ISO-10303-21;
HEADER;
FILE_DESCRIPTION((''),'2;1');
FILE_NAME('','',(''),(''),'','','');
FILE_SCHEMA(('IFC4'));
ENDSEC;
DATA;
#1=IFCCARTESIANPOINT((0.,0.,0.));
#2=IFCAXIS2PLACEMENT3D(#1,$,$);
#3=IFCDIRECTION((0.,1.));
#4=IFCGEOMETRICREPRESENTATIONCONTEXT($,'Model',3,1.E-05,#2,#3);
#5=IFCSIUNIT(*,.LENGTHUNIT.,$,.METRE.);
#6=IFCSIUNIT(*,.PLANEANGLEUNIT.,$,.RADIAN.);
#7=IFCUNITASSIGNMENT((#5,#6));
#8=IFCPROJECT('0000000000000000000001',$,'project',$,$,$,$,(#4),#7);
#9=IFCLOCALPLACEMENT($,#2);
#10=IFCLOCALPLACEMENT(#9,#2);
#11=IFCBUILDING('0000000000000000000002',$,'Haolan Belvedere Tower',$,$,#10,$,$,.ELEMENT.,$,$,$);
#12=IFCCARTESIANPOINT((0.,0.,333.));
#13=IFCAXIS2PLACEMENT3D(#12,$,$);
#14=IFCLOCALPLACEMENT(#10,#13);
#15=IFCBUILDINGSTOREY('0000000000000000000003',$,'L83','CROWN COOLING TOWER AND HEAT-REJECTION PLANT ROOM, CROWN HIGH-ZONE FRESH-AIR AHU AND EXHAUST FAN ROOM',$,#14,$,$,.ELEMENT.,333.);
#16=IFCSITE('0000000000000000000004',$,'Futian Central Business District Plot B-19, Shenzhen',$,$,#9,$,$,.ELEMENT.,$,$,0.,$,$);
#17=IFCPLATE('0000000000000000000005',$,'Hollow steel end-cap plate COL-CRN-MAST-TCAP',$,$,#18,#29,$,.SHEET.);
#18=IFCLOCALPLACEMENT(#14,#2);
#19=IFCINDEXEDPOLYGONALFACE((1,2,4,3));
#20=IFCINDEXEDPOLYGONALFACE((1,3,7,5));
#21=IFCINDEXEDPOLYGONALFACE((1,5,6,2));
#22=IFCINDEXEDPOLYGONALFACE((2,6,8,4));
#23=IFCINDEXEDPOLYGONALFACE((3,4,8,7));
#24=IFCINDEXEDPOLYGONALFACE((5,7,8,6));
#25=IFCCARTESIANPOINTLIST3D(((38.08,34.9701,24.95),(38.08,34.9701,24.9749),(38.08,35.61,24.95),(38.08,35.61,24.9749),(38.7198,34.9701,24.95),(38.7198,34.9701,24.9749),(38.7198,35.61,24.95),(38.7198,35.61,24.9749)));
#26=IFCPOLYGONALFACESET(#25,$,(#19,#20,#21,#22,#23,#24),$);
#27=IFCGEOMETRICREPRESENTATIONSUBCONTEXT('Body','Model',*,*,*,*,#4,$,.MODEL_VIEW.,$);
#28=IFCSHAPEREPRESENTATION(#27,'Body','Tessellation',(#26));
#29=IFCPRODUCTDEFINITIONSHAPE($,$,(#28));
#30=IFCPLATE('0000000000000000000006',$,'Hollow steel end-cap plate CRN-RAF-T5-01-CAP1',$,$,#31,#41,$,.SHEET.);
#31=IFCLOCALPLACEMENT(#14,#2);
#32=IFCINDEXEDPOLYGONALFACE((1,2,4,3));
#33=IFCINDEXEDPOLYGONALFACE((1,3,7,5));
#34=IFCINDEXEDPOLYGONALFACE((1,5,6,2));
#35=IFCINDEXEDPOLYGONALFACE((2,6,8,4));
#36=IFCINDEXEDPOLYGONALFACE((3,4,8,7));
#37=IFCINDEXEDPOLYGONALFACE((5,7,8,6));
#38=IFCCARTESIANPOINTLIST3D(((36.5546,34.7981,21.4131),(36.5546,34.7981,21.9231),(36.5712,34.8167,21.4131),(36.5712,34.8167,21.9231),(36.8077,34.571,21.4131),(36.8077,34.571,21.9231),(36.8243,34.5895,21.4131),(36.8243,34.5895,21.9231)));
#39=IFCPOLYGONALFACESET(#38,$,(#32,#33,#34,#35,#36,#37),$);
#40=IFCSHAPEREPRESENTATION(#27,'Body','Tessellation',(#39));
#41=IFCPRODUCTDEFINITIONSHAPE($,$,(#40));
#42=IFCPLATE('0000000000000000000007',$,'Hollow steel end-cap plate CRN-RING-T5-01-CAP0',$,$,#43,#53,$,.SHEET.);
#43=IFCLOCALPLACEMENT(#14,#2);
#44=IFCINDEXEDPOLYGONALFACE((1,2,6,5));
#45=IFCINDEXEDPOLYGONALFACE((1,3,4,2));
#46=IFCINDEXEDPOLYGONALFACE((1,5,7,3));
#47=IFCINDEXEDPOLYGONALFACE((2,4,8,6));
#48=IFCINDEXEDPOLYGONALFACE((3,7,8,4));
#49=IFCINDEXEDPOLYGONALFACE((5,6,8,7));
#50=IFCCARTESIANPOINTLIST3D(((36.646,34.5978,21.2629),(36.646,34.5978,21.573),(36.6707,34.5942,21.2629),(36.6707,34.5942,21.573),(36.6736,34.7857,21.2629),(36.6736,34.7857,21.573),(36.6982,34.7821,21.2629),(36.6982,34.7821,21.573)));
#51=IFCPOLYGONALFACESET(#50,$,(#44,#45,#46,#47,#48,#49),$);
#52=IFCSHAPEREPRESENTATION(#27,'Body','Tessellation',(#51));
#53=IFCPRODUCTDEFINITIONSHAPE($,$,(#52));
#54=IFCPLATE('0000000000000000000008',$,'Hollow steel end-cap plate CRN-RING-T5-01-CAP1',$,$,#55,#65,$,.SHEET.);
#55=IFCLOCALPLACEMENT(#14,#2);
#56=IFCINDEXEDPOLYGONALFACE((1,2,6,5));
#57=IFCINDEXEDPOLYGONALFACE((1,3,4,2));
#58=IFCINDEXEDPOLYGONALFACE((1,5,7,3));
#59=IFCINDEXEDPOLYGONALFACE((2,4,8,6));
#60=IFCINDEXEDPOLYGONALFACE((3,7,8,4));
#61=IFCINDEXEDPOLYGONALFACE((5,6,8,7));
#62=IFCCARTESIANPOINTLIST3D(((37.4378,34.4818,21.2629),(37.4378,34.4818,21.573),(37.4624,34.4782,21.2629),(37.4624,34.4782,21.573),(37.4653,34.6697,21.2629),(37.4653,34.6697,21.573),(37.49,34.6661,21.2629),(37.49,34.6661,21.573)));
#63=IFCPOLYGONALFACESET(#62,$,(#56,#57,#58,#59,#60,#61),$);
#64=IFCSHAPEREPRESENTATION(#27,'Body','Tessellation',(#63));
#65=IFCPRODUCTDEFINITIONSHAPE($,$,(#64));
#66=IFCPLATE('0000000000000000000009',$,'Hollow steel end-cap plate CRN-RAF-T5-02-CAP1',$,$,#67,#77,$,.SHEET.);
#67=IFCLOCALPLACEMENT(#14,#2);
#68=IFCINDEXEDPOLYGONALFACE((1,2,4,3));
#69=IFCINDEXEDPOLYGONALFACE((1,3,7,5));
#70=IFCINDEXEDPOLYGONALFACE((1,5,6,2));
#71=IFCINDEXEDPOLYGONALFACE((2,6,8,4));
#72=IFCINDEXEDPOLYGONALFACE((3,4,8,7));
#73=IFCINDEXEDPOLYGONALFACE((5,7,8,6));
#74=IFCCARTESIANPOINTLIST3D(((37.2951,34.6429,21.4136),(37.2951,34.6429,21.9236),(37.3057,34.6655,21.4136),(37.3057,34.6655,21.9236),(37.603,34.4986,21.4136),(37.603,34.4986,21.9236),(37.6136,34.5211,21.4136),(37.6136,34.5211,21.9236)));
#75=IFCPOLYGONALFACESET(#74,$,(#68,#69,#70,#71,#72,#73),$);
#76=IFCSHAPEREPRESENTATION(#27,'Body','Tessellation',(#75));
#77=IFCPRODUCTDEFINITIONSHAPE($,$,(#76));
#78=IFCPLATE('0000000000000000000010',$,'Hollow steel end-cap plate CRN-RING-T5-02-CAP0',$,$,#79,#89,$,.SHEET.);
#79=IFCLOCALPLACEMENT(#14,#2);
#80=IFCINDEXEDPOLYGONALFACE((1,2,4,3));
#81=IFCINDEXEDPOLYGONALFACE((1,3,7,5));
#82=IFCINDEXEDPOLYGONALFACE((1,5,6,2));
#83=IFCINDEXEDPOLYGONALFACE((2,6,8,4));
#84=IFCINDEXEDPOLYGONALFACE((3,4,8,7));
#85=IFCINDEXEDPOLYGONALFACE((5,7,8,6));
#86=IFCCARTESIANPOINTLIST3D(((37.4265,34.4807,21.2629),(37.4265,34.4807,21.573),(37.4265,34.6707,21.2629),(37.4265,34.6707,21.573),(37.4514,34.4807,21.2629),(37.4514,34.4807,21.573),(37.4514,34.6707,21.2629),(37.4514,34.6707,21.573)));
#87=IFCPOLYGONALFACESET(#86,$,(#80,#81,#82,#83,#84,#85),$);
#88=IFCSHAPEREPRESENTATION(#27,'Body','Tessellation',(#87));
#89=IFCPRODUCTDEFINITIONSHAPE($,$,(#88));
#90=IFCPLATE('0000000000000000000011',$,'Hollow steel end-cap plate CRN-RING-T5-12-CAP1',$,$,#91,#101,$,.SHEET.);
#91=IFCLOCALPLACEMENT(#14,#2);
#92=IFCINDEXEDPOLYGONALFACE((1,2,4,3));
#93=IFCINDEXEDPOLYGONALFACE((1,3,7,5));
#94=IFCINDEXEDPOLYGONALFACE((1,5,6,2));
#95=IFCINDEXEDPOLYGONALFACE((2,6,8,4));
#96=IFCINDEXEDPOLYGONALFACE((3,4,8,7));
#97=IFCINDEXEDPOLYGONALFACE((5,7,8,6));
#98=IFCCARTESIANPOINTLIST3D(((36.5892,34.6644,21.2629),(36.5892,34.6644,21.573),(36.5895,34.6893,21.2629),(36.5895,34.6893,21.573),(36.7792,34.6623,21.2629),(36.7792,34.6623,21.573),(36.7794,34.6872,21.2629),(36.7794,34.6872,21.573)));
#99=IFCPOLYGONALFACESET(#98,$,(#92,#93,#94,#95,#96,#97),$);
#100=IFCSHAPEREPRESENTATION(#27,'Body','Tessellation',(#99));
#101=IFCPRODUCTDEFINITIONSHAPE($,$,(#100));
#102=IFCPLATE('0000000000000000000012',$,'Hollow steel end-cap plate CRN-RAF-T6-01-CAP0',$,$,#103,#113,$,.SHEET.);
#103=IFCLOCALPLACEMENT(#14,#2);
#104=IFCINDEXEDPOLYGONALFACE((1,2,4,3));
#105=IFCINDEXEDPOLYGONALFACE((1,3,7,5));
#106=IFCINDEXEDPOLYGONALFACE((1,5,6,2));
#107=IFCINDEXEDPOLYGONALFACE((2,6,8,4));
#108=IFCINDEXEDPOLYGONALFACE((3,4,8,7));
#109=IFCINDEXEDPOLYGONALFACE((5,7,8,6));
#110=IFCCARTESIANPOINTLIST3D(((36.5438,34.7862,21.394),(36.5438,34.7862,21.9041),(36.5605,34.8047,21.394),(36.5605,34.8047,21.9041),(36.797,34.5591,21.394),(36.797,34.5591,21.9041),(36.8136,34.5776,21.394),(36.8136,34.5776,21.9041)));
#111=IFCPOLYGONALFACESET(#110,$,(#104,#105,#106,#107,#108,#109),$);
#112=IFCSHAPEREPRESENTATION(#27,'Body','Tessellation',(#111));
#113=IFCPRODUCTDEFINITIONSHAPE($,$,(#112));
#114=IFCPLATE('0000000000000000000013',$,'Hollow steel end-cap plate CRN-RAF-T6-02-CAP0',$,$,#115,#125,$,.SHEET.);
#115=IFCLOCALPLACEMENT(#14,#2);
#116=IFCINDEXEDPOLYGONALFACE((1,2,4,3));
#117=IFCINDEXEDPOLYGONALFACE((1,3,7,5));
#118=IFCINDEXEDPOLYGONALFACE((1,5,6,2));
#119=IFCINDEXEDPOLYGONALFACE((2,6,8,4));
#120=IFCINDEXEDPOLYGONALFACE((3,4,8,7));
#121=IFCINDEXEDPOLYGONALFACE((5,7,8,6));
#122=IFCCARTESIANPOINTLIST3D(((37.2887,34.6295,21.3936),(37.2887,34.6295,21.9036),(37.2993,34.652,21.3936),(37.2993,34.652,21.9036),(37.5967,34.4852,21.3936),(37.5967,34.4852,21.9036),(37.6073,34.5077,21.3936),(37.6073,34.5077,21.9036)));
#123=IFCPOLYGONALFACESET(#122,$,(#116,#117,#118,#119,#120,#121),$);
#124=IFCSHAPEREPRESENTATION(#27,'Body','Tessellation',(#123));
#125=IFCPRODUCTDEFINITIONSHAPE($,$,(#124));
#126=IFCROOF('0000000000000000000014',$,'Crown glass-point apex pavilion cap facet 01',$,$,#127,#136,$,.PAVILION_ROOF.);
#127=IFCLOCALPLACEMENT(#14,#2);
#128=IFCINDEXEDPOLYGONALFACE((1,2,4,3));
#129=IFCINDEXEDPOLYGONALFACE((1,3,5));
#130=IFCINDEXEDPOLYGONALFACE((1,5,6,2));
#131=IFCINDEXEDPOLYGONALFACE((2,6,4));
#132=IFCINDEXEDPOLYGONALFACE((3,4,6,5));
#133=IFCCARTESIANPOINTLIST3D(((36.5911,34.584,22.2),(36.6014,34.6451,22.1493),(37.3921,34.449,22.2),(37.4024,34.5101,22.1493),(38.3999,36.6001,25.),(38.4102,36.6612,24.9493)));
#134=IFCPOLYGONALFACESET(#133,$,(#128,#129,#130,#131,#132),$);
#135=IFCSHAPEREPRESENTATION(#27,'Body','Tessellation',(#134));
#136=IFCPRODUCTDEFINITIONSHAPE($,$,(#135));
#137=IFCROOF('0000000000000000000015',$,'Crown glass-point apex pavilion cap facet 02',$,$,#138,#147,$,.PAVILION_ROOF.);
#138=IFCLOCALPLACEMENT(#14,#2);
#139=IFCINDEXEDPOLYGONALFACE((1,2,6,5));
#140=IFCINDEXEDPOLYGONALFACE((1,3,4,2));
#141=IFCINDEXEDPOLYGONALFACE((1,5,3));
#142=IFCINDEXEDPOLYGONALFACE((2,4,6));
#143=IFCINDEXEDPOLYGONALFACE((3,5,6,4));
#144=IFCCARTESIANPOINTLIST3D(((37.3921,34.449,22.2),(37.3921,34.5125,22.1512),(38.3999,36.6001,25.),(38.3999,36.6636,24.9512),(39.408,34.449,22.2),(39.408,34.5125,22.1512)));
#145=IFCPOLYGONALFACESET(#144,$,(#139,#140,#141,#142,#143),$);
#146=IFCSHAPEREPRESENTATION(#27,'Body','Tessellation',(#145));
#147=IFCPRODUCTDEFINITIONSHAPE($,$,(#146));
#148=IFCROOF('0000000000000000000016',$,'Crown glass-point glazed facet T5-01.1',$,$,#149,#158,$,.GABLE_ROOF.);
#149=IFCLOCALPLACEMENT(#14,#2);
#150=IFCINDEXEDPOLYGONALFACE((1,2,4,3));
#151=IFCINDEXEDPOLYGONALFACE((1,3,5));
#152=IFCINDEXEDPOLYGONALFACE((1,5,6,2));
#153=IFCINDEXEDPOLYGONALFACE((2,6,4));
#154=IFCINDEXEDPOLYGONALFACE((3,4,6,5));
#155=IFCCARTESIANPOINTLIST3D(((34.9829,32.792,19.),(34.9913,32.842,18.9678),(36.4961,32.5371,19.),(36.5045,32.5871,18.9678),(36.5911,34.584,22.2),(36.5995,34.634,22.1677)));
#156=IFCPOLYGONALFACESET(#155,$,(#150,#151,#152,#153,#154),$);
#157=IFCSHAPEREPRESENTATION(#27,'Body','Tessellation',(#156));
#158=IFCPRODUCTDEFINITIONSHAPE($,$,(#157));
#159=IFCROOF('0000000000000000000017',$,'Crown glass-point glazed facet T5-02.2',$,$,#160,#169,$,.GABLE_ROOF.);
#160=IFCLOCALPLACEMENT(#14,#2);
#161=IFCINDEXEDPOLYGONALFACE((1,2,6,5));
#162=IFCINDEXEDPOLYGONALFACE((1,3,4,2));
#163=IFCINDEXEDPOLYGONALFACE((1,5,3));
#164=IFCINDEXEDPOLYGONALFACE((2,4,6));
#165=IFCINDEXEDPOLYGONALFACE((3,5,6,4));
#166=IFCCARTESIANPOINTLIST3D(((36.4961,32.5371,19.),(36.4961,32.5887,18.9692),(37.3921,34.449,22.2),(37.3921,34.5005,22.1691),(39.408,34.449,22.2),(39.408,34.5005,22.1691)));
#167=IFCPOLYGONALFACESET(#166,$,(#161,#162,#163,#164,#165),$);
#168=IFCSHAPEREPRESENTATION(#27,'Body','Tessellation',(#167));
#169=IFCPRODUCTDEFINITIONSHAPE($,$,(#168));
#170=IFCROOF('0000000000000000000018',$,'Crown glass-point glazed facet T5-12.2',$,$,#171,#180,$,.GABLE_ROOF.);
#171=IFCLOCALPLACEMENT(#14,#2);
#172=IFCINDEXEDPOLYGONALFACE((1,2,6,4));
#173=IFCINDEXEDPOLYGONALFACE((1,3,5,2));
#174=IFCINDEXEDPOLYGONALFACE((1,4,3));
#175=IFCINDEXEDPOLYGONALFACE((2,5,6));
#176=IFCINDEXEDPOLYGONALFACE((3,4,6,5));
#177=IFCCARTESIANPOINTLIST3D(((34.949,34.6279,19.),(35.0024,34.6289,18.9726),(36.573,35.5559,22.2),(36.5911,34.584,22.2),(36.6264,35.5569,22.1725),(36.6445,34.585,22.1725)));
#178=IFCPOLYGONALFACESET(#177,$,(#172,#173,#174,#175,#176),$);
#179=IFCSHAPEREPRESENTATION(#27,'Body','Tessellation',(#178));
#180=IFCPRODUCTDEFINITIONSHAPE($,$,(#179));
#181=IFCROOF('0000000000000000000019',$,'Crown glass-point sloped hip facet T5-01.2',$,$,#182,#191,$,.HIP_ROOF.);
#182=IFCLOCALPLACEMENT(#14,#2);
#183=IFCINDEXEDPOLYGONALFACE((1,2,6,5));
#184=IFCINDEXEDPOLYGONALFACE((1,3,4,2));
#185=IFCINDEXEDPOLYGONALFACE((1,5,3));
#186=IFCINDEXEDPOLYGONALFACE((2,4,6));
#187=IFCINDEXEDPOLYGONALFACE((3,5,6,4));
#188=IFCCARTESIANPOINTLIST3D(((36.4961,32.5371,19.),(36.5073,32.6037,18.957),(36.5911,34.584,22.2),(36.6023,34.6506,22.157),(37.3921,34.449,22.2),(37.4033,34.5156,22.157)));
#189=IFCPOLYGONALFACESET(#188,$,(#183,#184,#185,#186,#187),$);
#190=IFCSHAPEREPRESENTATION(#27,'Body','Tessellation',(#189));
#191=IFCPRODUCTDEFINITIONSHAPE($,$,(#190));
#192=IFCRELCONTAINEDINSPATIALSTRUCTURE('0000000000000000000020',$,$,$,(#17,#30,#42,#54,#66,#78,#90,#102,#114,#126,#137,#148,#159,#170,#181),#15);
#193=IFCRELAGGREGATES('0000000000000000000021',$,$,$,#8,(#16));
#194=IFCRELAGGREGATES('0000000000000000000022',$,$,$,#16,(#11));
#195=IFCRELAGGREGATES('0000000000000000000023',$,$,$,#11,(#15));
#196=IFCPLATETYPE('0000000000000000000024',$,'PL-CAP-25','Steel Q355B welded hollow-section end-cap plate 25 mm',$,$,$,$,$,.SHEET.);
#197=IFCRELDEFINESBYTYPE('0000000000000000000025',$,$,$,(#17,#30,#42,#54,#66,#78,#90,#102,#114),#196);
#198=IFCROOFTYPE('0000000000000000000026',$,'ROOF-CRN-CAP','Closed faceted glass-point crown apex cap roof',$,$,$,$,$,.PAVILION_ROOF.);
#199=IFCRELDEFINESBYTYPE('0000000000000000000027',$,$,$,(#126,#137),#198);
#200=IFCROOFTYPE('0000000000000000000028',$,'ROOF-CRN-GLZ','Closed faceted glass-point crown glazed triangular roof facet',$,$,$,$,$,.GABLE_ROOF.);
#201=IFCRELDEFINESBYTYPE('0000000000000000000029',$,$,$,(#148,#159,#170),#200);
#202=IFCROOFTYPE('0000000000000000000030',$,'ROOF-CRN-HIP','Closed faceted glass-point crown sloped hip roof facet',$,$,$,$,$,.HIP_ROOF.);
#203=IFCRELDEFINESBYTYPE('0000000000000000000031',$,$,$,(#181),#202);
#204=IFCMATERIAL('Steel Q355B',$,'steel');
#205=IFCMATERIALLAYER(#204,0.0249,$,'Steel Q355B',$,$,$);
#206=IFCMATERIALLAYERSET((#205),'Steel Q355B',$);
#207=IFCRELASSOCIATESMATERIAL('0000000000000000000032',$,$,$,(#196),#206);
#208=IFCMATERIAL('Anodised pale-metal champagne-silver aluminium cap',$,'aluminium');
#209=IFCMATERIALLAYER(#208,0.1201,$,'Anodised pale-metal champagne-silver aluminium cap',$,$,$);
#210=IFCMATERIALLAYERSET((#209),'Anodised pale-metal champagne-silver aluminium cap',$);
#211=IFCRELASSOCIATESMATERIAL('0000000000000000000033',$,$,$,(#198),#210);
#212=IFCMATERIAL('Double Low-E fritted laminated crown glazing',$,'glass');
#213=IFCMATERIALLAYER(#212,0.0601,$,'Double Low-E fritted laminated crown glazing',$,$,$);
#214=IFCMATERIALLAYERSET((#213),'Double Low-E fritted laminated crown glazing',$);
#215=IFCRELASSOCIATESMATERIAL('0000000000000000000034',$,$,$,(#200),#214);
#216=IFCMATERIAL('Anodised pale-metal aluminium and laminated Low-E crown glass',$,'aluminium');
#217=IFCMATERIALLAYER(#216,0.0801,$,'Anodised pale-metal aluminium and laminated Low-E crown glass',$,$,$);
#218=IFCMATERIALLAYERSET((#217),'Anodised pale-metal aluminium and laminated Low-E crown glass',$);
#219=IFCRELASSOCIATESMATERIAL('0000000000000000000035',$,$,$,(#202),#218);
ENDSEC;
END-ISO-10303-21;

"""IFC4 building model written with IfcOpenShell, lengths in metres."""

from ifc_helpers import new_model, si_unit, direction, frame, origin, origin_2d, place, context, subcontext, project, spatial, polyline, rectangle, outline, extrude, material, layer, layer_set, type_object, element, save


model = new_model("IFC4")

# Units and contexts
model_context = context("Model", 3, precision=1e-05, world=origin(), true_north=direction((0.0, 1.0)))
body_context = subcontext(model_context, "Body", "Model", "MODEL_VIEW")
ifc_project = project(units=[si_unit("LENGTHUNIT", "METRE"), si_unit("PLANEANGLEUNIT", "RADIAN")], contexts=[model_context])

# Site, building, storey
site_placement = place(None, origin())
site = spatial("IfcSite", under=ifc_project, at=site_placement, Name="Futian Central Business District Plot B-19, Shenzhen", CompositionType="ELEMENT", RefElevation=0.0)
building_placement = place(site_placement, origin())
building = spatial("IfcBuilding", under=site, at=building_placement, Name="Haolan Belvedere Tower", CompositionType="ELEMENT")
storey_placement = place(building_placement, frame((0.0, 0.0, 333.0)))
storey = spatial("IfcBuildingStorey", under=building, at=storey_placement, Name="L83", Description="CROWN COOLING TOWER AND HEAT-REJECTION PLANT ROOM, CROWN HIGH-ZONE FRESH-AIR AHU AND EXHAUST FAN ROOM", CompositionType="ELEMENT", Elevation=333.0)

# Shared definitions
ifc_material_1 = material(Name="Steel Q355B", Category="steel")

# Plates
ifc_layer_1 = layer(ifc_material_1, 0.0249, Name="Steel Q355B")
ifc_layer_set_1 = layer_set([ifc_layer_1], Name="Steel Q355B")
plate_type = type_object("IfcPlateType", Name="PL-CAP-25", Description="Steel Q355B welded hollow-section end-cap plate 25 mm", PredefinedType="SHEET", material=ifc_layer_set_1)
plate_1_placement = place(storey_placement, frame((38.3999, 35.29, 24.95), z_axis=(0.0, 0.0, 1.0), x_axis=(1.0, 0.0, 0.0)))
element("IfcPlate", 1, at=plate_1_placement, inside=storey, type_object=plate_type, Name="Hollow steel end-cap plate COL-CRN-MAST-TCAP", PredefinedType="SHEET", context=body_context, shape_type="SweptSolid", body=[
    extrude(rectangle(XDim=0.6399, YDim=0.6399, at=origin_2d()), origin(), (0.0, 0.0, 1.0), 0.0249),
])
plate_2_placement = place(storey_placement, frame((36.6895, 34.6938, 21.4131), z_axis=(0.0, 0.0, 1.0), x_axis=(-0.744288, 0.667859, 0.0)))
element("IfcPlate", 2, at=plate_2_placement, inside=storey, type_object=plate_type, Name="Hollow steel end-cap plate CRN-RAF-T5-01-CAP1", PredefinedType="SHEET", context=body_context, shape_type="SweptSolid", body=[
    extrude(rectangle(XDim=0.3401, YDim=0.0249, at=origin_2d()), origin(), (0.0, 0.0, 1.0), 0.51),
])
for number, where, z_axis, x_axis, name in (
    (3, (36.6721, 34.6899, 21.2629), (0.0, 0.0, 1.0), (-0.145012, -0.98943, 0.0), "Hollow steel end-cap plate CRN-RING-T5-01-CAP0"),
    (4, (37.4639, 34.574, 21.2629), (0.0, 0.0, 1.0), (0.145012, 0.98943, 0.0), "Hollow steel end-cap plate CRN-RING-T5-01-CAP1"),
):
    element("IfcPlate", number, at=place(storey_placement, frame(where, z_axis=z_axis, x_axis=x_axis)), inside=storey, type_object=plate_type, Name=name, PredefinedType="SHEET", context=body_context, shape_type="SweptSolid", body=[
        extrude(rectangle(XDim=0.1899, YDim=0.0249, at=origin_2d()), origin(), (0.0, 0.0, 1.0), 0.3101),
    ])
plate_3_placement = place(storey_placement, frame((37.4543, 34.582, 21.4136), z_axis=(0.0, 0.0, 1.0), x_axis=(-0.905502, 0.424342, 0.0)))
element("IfcPlate", 5, at=plate_3_placement, inside=storey, type_object=plate_type, Name="Hollow steel end-cap plate CRN-RAF-T5-02-CAP1", PredefinedType="SHEET", context=body_context, shape_type="SweptSolid", body=[
    extrude(rectangle(XDim=0.3401, YDim=0.0249, at=origin_2d()), origin(), (0.0, 0.0, 1.0), 0.51),
])
for number, where, z_axis, x_axis, name in (
    (6, (37.439, 34.5757, 21.2629), (0.0, 0.0, 1.0), (0.0, -1.0, 0.0), "Hollow steel end-cap plate CRN-RING-T5-02-CAP0"),
    (7, (36.6843, 34.6758, 21.2629), (0.0, 0.0, 1.0), (0.999942, -0.010768, 0.0), "Hollow steel end-cap plate CRN-RING-T5-12-CAP1"),
):
    element("IfcPlate", number, at=place(storey_placement, frame(where, z_axis=z_axis, x_axis=x_axis)), inside=storey, type_object=plate_type, Name=name, PredefinedType="SHEET", context=body_context, shape_type="SweptSolid", body=[
        extrude(rectangle(XDim=0.1899, YDim=0.0249, at=origin_2d()), origin(), (0.0, 0.0, 1.0), 0.3101),
    ])
for number, where, z_axis, x_axis, name in (
    (8, (36.6787, 34.6819, 21.394), (0.0, 0.0, 1.0), (0.744288, -0.667859, 0.0), "Hollow steel end-cap plate CRN-RAF-T6-01-CAP0"),
    (9, (37.448, 34.5686, 21.3936), (0.0, 0.0, 1.0), (0.905487, -0.424373, 0.0), "Hollow steel end-cap plate CRN-RAF-T6-02-CAP0"),
):
    element("IfcPlate", number, at=place(storey_placement, frame(where, z_axis=z_axis, x_axis=x_axis)), inside=storey, type_object=plate_type, Name=name, PredefinedType="SHEET", context=body_context, shape_type="SweptSolid", body=[
        extrude(rectangle(XDim=0.3401, YDim=0.0249, at=origin_2d()), origin(), (0.0, 0.0, 1.0), 0.51),
    ])

# Roofs
ifc_material_2 = material(Name="Anodised pale-metal champagne-silver aluminium cap", Category="aluminium")
ifc_layer_2 = layer(ifc_material_2, 0.1201, Name="Anodised pale-metal champagne-silver aluminium cap")
ifc_layer_set_2 = layer_set([ifc_layer_2], Name="Anodised pale-metal champagne-silver aluminium cap")
roof_type_1 = type_object("IfcRoofType", Name="ROOF-CRN-CAP", Description="Closed faceted glass-point crown apex cap roof", PredefinedType="PAVILION_ROOF", material=ifc_layer_set_2)
roof_1_placement = place(storey_placement, frame((36.5911, 34.584, 22.2), z_axis=(-0.128684, -0.763493, 0.632866), x_axis=(0.986092, -0.166202, 0.0)))
element("IfcRoof", 10, at=roof_1_placement, inside=storey, type_object=roof_type_1, Name="Crown glass-point apex pavilion cap facet 01", PredefinedType="PAVILION_ROOF", context=body_context, shape_type="SweptSolid", body=[
    extrude(outline(polyline([(0.0, 0.0), (0.8123, 0.0), (1.4486, 3.6164), (0.0, 0.0)])), origin(), (0.0, 0.0, -1.0), 0.0801),
])
roof_2_placement = place(storey_placement, frame((37.3921, 34.449, 22.2), z_axis=(0.0, -0.793002, 0.609219), x_axis=(1.0, 0.0, 0.0)))
element("IfcRoof", 11, at=roof_2_placement, inside=storey, type_object=roof_type_1, Name="Crown glass-point apex pavilion cap facet 02", PredefinedType="PAVILION_ROOF", context=body_context, shape_type="SweptSolid", body=[
    extrude(outline(polyline([(0.0, 0.0), (2.0159, 0.0), (1.0078, 3.5309), (0.0, 0.0)])), origin(), (0.0, 0.0, -1.0), 0.0801),
])
ifc_material_3 = material(Name="Double Low-E fritted laminated crown glazing", Category="glass")
ifc_layer_3 = layer(ifc_material_3, 0.0601, Name="Double Low-E fritted laminated crown glazing")
ifc_layer_set_3 = layer_set([ifc_layer_3], Name="Double Low-E fritted laminated crown glazing")
roof_type_2 = type_object("IfcRoofType", Name="ROOF-CRN-GLZ", Description="Closed faceted glass-point crown glazed triangular roof facet", PredefinedType="GABLE_ROOF", material=ifc_layer_set_3)
roof_3_placement = place(storey_placement, frame((34.9829, 32.792, 19.0), z_axis=(-0.140175, -0.832191, 0.536478), x_axis=(0.986109, -0.166102, 0.0)))
element("IfcRoof", 12, at=roof_3_placement, inside=storey, type_object=roof_type_2, Name="Crown glass-point glazed facet T5-01.1", PredefinedType="GABLE_ROOF", context=body_context, shape_type="SweptSolid", body=[
    extrude(outline(polyline([(0.0, 0.0), (1.5345, 0.0), (1.2882, 3.7918), (0.0, 0.0)])), origin(), (0.0, 0.0, -1.0), 0.0601),
])
roof_4_placement = place(storey_placement, frame((36.4961, 32.5371, 19.0), z_axis=(0.0, -0.858451, 0.512896), x_axis=(0.615603, 0.404191, 0.676508)))
element("IfcRoof", 13, at=roof_4_placement, inside=storey, type_object=roof_type_2, Name="Crown glass-point glazed facet T5-02.2", PredefinedType="GABLE_ROOF", context=body_context, shape_type="SweptSolid", body=[
    extrude(outline(polyline([(0.0, 0.0), (4.7301, 0.0), (3.4891, 1.5886), (0.0, 0.0)])), origin(), (0.0, 0.0, -1.0), 0.0601),
])
roof_5_placement = place(storey_placement, frame((34.949, 34.6279, 19.0), z_axis=(-0.889665, -0.016537, 0.456314), x_axis=(0.456522, -0.012217, 0.889628)))
element("IfcRoof", 14, at=roof_5_placement, inside=storey, type_object=roof_type_2, Name="Crown glass-point glazed facet T5-12.2", PredefinedType="GABLE_ROOF", context=body_context, shape_type="SweptSolid", body=[
    extrude(outline(polyline([(0.0, 0.0), (3.597, 0.0), (3.5768, 0.9719), (0.0, 0.0)])), origin(), (0.0, 0.0, -1.0), 0.0601),
])
ifc_material_4 = material(Name="Anodised pale-metal aluminium and laminated Low-E crown glass", Category="aluminium")
ifc_layer_4 = layer(ifc_material_4, 0.0801, Name="Anodised pale-metal aluminium and laminated Low-E crown glass")
ifc_layer_set_4 = layer_set([ifc_layer_4], Name="Anodised pale-metal aluminium and laminated Low-E crown glass")
roof_type_3 = type_object("IfcRoofType", Name="ROOF-CRN-HIP", Description="Closed faceted glass-point crown sloped hip roof facet", PredefinedType="HIP_ROOF", material=ifc_layer_set_4)
roof_6_placement = place(storey_placement, frame((36.4961, 32.5371, 19.0), z_axis=(-0.140261, -0.83218, 0.536473), x_axis=(0.233712, 0.498692, 0.834677)))
element("IfcRoof", 15, at=roof_6_placement, inside=storey, type_object=roof_type_3, Name="Crown glass-point sloped hip facet T5-01.2", PredefinedType="HIP_ROOF", context=body_context, shape_type="SweptSolid", body=[
    extrude(outline(polyline([(0.0, 0.0), (3.8338, 0.0), (3.7139, 0.8034), (0.0, 0.0)])), origin(), (0.0, 0.0, -1.0), 0.0801),
])

save(model, "model.ifc")
